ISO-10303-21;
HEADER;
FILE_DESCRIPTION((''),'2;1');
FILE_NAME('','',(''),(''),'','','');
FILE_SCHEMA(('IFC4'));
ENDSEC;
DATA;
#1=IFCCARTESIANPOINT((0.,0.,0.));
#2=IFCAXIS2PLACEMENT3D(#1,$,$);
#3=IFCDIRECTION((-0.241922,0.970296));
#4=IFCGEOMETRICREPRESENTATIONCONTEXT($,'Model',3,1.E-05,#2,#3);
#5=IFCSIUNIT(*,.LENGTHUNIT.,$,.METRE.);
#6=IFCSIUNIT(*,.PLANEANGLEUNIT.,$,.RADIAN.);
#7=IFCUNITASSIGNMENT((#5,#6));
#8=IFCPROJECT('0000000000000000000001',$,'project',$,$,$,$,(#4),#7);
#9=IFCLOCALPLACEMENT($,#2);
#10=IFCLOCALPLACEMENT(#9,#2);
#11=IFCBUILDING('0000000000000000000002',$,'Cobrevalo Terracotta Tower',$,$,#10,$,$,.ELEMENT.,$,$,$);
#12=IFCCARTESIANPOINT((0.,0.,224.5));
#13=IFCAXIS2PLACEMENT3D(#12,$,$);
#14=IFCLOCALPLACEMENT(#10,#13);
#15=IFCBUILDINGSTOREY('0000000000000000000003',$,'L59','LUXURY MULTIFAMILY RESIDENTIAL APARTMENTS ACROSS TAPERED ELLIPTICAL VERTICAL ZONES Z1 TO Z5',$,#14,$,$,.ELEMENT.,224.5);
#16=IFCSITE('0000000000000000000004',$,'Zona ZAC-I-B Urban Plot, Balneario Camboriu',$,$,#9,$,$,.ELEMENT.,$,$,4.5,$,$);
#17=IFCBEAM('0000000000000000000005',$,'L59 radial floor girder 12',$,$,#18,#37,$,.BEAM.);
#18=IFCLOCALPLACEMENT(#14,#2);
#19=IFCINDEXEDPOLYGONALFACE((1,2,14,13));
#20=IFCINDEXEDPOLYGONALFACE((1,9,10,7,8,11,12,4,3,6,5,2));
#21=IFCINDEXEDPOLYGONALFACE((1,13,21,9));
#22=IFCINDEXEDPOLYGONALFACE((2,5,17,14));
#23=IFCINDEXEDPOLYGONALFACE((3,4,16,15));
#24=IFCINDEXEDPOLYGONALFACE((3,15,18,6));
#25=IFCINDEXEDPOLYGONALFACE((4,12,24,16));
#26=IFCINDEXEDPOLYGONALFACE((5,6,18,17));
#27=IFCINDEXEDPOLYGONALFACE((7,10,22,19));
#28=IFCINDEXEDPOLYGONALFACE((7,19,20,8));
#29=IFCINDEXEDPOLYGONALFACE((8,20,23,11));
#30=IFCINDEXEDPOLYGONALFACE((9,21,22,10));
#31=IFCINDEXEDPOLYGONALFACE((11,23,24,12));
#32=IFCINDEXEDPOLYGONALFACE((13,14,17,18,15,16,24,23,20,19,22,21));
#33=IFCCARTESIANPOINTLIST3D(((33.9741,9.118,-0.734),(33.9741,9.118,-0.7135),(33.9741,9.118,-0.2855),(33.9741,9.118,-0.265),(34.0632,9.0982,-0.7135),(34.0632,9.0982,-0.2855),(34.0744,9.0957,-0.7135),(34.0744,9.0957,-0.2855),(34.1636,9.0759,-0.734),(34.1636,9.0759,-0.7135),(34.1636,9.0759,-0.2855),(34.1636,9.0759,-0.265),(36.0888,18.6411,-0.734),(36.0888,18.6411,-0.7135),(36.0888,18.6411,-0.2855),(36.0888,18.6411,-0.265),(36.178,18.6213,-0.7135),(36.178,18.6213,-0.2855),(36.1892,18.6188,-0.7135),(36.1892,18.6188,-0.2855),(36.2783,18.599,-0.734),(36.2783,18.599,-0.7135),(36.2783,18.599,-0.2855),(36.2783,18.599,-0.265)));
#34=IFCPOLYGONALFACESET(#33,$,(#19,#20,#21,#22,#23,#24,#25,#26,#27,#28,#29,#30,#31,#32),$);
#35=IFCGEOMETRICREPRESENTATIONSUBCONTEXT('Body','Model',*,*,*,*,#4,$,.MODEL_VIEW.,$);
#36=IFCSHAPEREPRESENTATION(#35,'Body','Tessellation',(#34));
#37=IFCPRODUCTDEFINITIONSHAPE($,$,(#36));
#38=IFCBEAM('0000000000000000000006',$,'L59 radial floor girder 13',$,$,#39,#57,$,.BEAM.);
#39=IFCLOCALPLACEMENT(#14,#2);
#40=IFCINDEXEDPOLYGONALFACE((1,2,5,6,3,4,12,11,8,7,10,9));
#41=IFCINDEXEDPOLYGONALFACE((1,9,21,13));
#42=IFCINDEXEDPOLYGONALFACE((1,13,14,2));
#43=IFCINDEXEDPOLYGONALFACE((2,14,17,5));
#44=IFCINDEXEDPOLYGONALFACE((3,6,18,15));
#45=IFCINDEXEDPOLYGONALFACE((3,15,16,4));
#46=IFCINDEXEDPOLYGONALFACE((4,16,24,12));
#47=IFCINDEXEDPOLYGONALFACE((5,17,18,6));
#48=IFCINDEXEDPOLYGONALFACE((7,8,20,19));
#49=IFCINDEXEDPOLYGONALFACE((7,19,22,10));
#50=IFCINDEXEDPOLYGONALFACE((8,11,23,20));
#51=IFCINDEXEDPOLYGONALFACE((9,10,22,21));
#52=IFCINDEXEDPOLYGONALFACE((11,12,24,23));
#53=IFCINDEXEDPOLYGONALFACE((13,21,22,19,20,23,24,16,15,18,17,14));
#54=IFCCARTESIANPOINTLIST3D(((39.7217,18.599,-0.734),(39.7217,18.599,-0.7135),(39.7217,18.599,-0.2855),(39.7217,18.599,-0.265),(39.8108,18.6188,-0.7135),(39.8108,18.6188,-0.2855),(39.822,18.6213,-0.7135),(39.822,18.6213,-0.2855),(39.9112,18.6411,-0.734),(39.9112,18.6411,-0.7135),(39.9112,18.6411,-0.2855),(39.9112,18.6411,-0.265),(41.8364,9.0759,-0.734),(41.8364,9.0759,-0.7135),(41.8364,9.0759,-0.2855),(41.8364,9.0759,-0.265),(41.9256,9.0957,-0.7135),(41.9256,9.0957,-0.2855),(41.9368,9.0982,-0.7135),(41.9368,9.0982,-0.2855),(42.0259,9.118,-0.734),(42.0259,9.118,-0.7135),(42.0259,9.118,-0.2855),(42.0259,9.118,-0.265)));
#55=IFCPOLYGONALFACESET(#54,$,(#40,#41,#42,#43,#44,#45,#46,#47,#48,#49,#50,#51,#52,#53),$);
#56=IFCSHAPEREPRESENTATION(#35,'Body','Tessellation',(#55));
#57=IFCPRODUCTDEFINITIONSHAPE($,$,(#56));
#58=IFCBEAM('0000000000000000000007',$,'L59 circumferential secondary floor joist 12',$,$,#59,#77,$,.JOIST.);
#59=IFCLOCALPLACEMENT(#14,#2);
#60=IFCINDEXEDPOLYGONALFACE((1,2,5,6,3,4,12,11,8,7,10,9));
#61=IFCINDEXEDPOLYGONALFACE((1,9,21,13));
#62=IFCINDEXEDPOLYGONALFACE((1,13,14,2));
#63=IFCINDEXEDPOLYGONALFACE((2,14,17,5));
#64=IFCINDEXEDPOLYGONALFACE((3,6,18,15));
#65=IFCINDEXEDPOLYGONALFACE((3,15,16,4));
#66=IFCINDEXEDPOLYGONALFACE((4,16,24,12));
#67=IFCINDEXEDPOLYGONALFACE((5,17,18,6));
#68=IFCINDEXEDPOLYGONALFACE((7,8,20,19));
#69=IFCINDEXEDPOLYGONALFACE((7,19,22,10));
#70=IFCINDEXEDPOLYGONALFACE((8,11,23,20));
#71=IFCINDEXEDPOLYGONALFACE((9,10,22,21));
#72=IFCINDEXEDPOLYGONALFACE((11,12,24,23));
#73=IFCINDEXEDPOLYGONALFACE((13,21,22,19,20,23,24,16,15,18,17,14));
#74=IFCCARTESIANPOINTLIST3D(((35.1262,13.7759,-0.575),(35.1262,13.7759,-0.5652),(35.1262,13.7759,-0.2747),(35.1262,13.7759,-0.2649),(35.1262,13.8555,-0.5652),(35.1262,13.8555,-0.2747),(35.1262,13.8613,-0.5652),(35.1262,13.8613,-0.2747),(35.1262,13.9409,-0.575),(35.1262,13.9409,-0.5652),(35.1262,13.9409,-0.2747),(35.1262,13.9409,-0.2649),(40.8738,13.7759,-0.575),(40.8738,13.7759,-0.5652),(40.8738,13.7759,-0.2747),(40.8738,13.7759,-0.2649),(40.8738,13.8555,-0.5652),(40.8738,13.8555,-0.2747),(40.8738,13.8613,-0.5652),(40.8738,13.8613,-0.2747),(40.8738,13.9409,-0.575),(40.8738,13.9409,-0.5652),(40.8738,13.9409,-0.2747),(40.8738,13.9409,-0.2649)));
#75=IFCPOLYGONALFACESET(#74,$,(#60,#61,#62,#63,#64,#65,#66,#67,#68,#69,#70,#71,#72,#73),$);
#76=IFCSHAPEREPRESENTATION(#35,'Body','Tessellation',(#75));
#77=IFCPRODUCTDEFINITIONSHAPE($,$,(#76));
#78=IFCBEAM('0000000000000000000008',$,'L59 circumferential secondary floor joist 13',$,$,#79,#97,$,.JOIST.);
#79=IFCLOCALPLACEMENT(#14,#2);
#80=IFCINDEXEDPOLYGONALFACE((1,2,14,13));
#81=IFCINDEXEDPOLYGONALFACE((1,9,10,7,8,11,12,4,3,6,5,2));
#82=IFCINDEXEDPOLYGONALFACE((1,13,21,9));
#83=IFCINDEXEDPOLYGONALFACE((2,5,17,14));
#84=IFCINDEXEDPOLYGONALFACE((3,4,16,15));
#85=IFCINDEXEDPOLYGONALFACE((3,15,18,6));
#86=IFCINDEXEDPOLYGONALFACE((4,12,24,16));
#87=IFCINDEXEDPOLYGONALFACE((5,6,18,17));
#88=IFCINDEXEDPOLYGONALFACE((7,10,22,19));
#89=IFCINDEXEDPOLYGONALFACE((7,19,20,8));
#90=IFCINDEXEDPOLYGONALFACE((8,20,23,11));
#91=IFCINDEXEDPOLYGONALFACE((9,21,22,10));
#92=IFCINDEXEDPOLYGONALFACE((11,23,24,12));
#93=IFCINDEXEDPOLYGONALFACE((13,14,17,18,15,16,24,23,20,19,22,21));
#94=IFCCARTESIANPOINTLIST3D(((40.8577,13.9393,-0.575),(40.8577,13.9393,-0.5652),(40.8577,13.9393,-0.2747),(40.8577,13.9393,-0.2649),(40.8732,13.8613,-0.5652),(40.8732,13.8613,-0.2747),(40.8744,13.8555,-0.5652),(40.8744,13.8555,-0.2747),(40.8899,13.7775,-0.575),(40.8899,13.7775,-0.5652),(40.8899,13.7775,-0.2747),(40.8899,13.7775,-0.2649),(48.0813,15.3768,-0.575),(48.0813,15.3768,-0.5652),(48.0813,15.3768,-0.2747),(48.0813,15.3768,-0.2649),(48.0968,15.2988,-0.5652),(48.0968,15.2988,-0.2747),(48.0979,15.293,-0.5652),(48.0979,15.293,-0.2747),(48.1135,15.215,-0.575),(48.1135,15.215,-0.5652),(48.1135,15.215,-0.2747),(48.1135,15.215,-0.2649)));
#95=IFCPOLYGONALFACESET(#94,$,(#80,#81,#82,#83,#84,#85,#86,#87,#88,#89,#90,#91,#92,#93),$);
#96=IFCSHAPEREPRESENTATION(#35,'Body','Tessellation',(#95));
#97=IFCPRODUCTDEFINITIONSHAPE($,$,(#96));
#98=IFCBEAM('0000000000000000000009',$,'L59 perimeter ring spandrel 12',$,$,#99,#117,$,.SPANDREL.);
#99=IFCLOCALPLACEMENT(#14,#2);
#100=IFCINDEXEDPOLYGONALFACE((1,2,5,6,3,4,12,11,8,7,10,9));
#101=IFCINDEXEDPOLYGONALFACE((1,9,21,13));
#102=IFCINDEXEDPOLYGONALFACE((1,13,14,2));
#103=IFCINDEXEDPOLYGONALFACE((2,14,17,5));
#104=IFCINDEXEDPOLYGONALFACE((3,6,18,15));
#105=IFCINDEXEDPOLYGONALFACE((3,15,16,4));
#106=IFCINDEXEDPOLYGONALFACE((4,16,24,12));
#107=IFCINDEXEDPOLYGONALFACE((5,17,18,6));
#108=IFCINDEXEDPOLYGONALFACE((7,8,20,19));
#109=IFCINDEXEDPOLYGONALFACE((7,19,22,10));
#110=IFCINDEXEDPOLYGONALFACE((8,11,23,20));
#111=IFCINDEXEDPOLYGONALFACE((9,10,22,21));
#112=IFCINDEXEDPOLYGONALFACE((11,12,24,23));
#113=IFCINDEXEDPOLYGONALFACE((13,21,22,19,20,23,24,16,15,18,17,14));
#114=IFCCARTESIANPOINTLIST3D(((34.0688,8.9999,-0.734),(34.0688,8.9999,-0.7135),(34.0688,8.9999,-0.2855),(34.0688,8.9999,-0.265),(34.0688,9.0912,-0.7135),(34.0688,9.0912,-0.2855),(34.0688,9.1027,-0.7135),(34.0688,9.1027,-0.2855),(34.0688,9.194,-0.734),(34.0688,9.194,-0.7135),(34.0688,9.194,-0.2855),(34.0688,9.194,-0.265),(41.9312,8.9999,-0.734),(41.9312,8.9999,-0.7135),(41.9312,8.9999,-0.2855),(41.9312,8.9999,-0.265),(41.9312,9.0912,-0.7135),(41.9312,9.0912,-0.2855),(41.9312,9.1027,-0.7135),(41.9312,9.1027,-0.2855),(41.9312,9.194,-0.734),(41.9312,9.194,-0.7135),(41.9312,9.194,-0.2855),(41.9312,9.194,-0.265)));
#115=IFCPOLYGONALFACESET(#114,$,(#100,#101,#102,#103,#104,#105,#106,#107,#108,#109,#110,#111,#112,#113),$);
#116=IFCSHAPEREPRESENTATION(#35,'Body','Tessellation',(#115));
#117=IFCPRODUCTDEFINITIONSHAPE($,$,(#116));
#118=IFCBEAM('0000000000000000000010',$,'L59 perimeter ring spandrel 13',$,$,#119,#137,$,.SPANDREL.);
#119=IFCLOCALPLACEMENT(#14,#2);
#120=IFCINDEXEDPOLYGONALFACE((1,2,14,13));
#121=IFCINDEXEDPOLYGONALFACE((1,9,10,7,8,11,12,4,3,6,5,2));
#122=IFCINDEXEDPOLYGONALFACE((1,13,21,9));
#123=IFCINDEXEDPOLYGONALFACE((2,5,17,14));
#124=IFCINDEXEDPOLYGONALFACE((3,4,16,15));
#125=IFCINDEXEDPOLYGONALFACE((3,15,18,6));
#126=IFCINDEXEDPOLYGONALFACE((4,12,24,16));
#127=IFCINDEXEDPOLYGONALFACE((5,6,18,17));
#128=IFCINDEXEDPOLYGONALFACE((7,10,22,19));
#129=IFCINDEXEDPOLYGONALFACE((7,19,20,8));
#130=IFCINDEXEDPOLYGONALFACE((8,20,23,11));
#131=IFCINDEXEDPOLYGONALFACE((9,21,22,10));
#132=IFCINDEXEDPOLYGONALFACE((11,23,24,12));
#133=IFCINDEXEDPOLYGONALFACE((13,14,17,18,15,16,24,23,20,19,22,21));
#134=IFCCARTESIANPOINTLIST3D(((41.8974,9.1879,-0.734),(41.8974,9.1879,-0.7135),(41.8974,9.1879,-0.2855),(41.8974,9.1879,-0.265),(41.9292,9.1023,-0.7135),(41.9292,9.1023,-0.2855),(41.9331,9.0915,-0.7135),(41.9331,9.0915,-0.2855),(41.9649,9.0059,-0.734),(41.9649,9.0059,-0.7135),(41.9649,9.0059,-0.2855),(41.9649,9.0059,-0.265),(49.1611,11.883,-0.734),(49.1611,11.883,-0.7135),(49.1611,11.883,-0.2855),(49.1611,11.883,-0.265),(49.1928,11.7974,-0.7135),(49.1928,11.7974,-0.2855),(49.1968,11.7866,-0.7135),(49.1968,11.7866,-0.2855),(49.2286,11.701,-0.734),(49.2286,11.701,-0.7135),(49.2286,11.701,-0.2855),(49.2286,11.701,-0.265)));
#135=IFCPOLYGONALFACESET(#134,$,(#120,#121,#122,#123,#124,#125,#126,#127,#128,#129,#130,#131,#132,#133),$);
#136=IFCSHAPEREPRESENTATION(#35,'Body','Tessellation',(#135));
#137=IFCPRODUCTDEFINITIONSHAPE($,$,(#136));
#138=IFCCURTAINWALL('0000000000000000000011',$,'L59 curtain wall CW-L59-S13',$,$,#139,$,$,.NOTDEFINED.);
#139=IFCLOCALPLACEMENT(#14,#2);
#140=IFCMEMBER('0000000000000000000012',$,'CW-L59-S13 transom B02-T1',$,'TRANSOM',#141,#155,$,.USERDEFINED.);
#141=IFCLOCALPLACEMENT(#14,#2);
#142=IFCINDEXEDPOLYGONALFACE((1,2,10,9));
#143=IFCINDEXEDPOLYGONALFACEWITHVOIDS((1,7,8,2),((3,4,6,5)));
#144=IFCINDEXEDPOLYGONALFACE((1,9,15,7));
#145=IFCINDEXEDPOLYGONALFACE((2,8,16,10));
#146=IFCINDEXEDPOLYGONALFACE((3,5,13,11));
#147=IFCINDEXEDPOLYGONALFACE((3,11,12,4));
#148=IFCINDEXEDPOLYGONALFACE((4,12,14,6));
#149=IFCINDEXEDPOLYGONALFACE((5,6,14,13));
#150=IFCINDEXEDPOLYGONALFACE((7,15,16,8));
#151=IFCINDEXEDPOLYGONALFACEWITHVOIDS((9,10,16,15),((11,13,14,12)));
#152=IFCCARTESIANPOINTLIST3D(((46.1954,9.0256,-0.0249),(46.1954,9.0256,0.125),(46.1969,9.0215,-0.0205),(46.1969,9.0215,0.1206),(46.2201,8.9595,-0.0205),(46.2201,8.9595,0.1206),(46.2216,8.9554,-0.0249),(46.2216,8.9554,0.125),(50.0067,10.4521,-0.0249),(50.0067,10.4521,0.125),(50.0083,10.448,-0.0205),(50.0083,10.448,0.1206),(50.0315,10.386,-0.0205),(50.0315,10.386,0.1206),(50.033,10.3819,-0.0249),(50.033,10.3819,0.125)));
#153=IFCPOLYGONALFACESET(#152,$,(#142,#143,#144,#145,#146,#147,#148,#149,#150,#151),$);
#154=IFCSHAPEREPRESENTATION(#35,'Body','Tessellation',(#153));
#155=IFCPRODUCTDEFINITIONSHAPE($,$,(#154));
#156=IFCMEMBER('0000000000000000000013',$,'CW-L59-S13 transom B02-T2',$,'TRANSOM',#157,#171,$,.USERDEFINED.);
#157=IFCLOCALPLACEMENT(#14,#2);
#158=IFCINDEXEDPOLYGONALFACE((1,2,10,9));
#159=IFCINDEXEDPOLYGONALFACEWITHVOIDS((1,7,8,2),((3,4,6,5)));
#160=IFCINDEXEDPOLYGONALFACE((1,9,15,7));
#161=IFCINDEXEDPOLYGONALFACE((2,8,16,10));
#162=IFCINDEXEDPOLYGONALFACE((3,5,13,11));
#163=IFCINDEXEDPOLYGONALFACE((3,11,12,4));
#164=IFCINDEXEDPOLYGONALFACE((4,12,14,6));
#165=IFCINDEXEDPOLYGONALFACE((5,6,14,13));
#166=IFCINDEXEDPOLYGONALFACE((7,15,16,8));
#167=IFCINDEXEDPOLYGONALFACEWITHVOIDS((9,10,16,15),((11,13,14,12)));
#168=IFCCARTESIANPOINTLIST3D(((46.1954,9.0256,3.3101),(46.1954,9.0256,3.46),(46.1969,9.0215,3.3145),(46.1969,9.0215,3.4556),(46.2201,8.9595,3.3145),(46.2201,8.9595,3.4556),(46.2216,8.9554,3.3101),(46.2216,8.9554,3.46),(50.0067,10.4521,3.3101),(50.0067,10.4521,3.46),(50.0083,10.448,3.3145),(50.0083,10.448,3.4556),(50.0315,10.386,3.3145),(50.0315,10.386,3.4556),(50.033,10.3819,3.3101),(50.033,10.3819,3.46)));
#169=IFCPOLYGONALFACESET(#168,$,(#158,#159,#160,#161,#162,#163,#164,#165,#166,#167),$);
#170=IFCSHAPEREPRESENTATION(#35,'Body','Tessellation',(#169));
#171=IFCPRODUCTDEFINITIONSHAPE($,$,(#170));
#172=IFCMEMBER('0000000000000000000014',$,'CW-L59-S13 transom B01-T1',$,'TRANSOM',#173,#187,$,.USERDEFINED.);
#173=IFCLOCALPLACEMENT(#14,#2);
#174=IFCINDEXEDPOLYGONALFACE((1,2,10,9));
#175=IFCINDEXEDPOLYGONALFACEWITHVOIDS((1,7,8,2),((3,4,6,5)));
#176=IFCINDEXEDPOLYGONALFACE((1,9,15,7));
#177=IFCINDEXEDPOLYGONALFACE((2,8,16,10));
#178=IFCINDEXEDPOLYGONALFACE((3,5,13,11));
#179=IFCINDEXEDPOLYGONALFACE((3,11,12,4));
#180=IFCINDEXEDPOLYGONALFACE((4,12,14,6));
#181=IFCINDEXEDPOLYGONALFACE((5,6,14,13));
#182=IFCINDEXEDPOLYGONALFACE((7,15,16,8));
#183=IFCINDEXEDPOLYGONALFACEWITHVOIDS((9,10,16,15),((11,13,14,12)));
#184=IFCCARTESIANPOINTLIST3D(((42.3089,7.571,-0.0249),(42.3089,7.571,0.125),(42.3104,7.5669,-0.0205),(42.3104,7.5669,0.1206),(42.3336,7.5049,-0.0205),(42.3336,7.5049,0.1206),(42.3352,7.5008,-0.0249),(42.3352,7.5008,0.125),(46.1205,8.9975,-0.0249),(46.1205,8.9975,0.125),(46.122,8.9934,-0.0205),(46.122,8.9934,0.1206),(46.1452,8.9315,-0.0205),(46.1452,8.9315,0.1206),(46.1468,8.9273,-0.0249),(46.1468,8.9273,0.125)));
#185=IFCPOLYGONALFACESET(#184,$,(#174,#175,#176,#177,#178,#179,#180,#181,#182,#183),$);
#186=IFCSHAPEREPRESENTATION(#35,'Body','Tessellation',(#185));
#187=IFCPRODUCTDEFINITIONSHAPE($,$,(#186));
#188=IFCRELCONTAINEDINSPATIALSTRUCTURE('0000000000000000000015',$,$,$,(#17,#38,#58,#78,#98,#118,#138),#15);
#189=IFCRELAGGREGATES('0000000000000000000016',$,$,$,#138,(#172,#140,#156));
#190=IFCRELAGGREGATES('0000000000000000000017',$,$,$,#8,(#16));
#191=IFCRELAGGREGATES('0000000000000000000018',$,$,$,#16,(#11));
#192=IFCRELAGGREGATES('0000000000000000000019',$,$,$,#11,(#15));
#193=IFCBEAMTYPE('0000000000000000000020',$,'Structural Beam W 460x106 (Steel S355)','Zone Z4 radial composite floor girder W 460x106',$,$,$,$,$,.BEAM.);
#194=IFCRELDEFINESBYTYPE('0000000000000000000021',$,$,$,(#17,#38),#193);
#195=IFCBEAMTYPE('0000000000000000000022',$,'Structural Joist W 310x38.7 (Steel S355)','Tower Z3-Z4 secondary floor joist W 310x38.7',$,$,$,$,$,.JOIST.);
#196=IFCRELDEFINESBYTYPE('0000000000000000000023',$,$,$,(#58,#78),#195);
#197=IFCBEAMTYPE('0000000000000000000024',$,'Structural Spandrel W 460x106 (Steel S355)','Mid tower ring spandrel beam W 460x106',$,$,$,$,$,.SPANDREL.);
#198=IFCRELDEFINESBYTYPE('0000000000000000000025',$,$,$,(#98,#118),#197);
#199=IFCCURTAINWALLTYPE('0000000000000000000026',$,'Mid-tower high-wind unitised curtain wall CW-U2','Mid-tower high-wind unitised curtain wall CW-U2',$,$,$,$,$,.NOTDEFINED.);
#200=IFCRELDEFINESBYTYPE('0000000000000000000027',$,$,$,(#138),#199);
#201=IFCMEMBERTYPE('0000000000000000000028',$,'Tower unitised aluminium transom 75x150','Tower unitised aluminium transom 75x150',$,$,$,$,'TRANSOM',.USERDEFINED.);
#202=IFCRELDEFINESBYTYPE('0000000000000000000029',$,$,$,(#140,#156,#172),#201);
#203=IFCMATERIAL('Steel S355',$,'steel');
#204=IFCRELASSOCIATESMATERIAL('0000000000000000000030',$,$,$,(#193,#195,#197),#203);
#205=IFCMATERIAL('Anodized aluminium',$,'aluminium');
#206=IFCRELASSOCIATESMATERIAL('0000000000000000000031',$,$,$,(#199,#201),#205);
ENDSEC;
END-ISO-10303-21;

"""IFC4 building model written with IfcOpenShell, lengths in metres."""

from ifc_helpers import new_model, si_unit, direction, frame, origin, origin_2d, place, context, subcontext, project, spatial, hollow_rectangle, i_section, extrude, source, transform, mapped, material, material_profile, profile_set, type_object, element, aggregate, save


model = new_model("IFC4")

# Units and contexts
model_context = context("Model", 3, precision=1e-05, world=origin(), true_north=direction((-0.241922, 0.970296)))
body_context = subcontext(model_context, "Body", "Model", "MODEL_VIEW")
ifc_project = project(units=[si_unit("LENGTHUNIT", "METRE"), si_unit("PLANEANGLEUNIT", "RADIAN")], contexts=[model_context])

# Site, building, storey
site_placement = place(None, origin())
site = spatial("IfcSite", under=ifc_project, at=site_placement, Name="Zona ZAC-I-B Urban Plot, Balneario Camboriu", CompositionType="ELEMENT", RefElevation=4.5)
building_placement = place(site_placement, origin())
building = spatial("IfcBuilding", under=site, at=building_placement, Name="Cobrevalo Terracotta Tower", CompositionType="ELEMENT")
storey_placement = place(building_placement, frame((0.0, 0.0, 224.5)))
storey = spatial("IfcBuildingStorey", under=building, at=storey_placement, Name="L59", Description="LUXURY MULTIFAMILY RESIDENTIAL APARTMENTS ACROSS TAPERED ELLIPTICAL VERTICAL ZONES Z1 TO Z5", CompositionType="ELEMENT", Elevation=224.5)

# Shared definitions
ifc_material_1 = material(Name="Steel S355", Category="steel")

# Beams
ifc_material_profile_1 = material_profile(ifc_material_1, i_section(OverallWidth=0.1941, OverallDepth=0.469, WebThickness=0.0115, FlangeThickness=0.0205, at=origin_2d()), Name="W 460x106")
ifc_profile_set_1 = profile_set([ifc_material_profile_1], Name="Steel S355")
beam_type_1 = type_object("IfcBeamType", Name="Structural Beam W 460x106 (Steel S355)", Description="Zone Z4 radial composite floor girder W 460x106", PredefinedType="BEAM", material=ifc_profile_set_1)
for number, where, z_axis, x_axis, name in (
    (1, (34.0688, 9.0969, -0.4995), (0.216782, 0.97622, 0.0), (-0.97622, 0.216782, 0.0), "L59 radial floor girder 12"),
    (2, (41.9312, 9.0969, -0.4995), (-0.216782, 0.97622, 0.0), (-0.97622, -0.216782, 0.0), "L59 radial floor girder 13"),
):
    element("IfcBeam", number, at=place(storey_placement, frame(where, z_axis=z_axis, x_axis=x_axis)), inside=storey, type_object=beam_type_1, Name=name, PredefinedType="BEAM", context=body_context, shape_type="SweptSolid", body=[
        extrude(i_section(OverallWidth=0.1941, OverallDepth=0.469, WebThickness=0.0115, FlangeThickness=0.0205, at=origin_2d()), origin(), (0.0, 0.0, 1.0), 9.7551),
    ])
ifc_material_profile_2 = material_profile(ifc_material_1, i_section(OverallWidth=0.165, OverallDepth=0.3101, WebThickness=0.0059, FlangeThickness=0.0098, at=origin_2d()), Name="W 310x38.7")
ifc_profile_set_2 = profile_set([ifc_material_profile_2], Name="Steel S355")
beam_type_2 = type_object("IfcBeamType", Name="Structural Joist W 310x38.7 (Steel S355)", Description="Tower Z3-Z4 secondary floor joist W 310x38.7", PredefinedType="JOIST", material=ifc_profile_set_2)
beam_1_placement = place(storey_placement, frame((35.1262, 13.8584, -0.4199), z_axis=(1.0, 0.0, 0.0), x_axis=(0.0, 1.0, 0.0)))
element("IfcBeam", 3, at=beam_1_placement, inside=storey, type_object=beam_type_2, Name="L59 circumferential secondary floor joist 12", PredefinedType="JOIST", context=body_context, shape_type="SweptSolid", body=[
    extrude(i_section(OverallWidth=0.165, OverallDepth=0.3101, WebThickness=0.0059, FlangeThickness=0.0098, at=origin_2d()), origin(), (0.0, 0.0, 1.0), 5.7476),
])
beam_2_placement = place(storey_placement, frame((40.8738, 13.8584, -0.4199), z_axis=(0.980769, 0.195173, 0.0), x_axis=(-0.195173, 0.980769, 0.0)))
element("IfcBeam", 4, at=beam_2_placement, inside=storey, type_object=beam_type_2, Name="L59 circumferential secondary floor joist 13", PredefinedType="JOIST", context=body_context, shape_type="SweptSolid", body=[
    extrude(i_section(OverallWidth=0.165, OverallDepth=0.3101, WebThickness=0.0059, FlangeThickness=0.0098, at=origin_2d()), origin(), (0.0, 0.0, 1.0), 7.3652),
])
ifc_material_profile_3 = material_profile(ifc_material_1, i_section(OverallWidth=0.1941, OverallDepth=0.469, WebThickness=0.0115, FlangeThickness=0.0205, at=origin_2d()), Name="W 460x106")
ifc_profile_set_3 = profile_set([ifc_material_profile_3], Name="Steel S355")
beam_type_3 = type_object("IfcBeamType", Name="Structural Spandrel W 460x106 (Steel S355)", Description="Mid tower ring spandrel beam W 460x106", PredefinedType="SPANDREL", material=ifc_profile_set_3)
beam_3_placement = place(storey_placement, frame((34.0688, 9.0969, -0.4995), z_axis=(1.0, 0.0, 0.0), x_axis=(0.0, 1.0, 0.0)))
element("IfcBeam", 5, at=beam_3_placement, inside=storey, type_object=beam_type_3, Name="L59 perimeter ring spandrel 12", PredefinedType="SPANDREL", context=body_context, shape_type="SweptSolid", body=[
    extrude(i_section(OverallWidth=0.1941, OverallDepth=0.469, WebThickness=0.0115, FlangeThickness=0.0205, at=origin_2d()), origin(), (0.0, 0.0, 1.0), 7.8623),
])
beam_4_placement = place(storey_placement, frame((41.9312, 9.0969, -0.4995), z_axis=(0.937546, 0.347861, 0.0), x_axis=(-0.347861, 0.937546, 0.0)))
element("IfcBeam", 6, at=beam_4_placement, inside=storey, type_object=beam_type_3, Name="L59 perimeter ring spandrel 13", PredefinedType="SPANDREL", context=body_context, shape_type="SweptSolid", body=[
    extrude(i_section(OverallWidth=0.1941, OverallDepth=0.469, WebThickness=0.0115, FlangeThickness=0.0205, at=origin_2d()), origin(), (0.0, 0.0, 1.0), 7.7476),
])

# Curtain wall, members
ifc_material_2 = material(Name="Anodized aluminium", Category="aluminium")
curtain_wall_type = type_object("IfcCurtainWallType", Name="Mid-tower high-wind unitised curtain wall CW-U2", Description="Mid-tower high-wind unitised curtain wall CW-U2", PredefinedType="NOTDEFINED", material=ifc_material_2)
curtain_wall_placement = place(storey_placement, origin())
curtain_wall = element("IfcCurtainWall", 7, at=curtain_wall_placement, inside=storey, type_object=curtain_wall_type, Name="L59 curtain wall CW-L59-S13", PredefinedType="NOTDEFINED")
ifc_material_profile_4 = material_profile(ifc_material_2, hollow_rectangle(XDim=0.075, YDim=0.1499, WallThickness=0.0044, at=origin_2d()), Name="CWT 75x150")
ifc_profile_set_4 = profile_set([ifc_material_profile_4], Name="Anodized aluminium")
member_type_1 = type_object("IfcMemberType", Name="Tower unitised aluminium transom 75x150", Description="Tower unitised aluminium transom 75x150", ElementType="TRANSOM", PredefinedType="USERDEFINED", material=ifc_profile_set_4)
shared_shape_1 = source(origin(), body_context, "Body", "SweptSolid", [
    extrude(hollow_rectangle(XDim=0.075, YDim=0.1499, WallThickness=0.0044, at=origin_2d()), origin(), (0.0, 0.0, 1.0), 4.0696),
])
member_1_placement = place(storey_placement, frame((46.2085, 8.9905, 0.05), z_axis=(0.936548, 0.350538, 0.0), x_axis=(-0.350538, 0.936548, 0.0)))
member_1 = element("IfcMember", 8, at=member_1_placement, type_object=member_type_1, Name="CW-L59-S13 transom B02-T1", ObjectType="TRANSOM", PredefinedType="USERDEFINED", context=body_context, shape_type="MappedRepresentation", body=[
    mapped(shared_shape_1, transform((0.0, 0.0, 0.0), scale=1.0)),
])
member_2_placement = place(storey_placement, frame((46.2085, 8.9905, 3.385), z_axis=(0.936548, 0.350538, 0.0), x_axis=(-0.350538, 0.936548, 0.0)))
member_2 = element("IfcMember", 9, at=member_2_placement, type_object=member_type_1, Name="CW-L59-S13 transom B02-T2", ObjectType="TRANSOM", PredefinedType="USERDEFINED", context=body_context, shape_type="MappedRepresentation", body=[
    mapped(shared_shape_1, transform((0.0, 0.0, 0.0), scale=1.0)),
])
shared_shape_2 = source(origin(), body_context, "Body", "SweptSolid", [
    extrude(hollow_rectangle(XDim=0.075, YDim=0.1499, WallThickness=0.0044, at=origin_2d()), origin(), (0.0, 0.0, 1.0), 4.0698),
])
member_3_placement = place(storey_placement, frame((42.322, 7.5359, 0.05), z_axis=(0.936556, 0.350519, 0.0), x_axis=(-0.350519, 0.936556, 0.0)))
member_3 = element("IfcMember", 10, at=member_3_placement, type_object=member_type_1, Name="CW-L59-S13 transom B01-T1", ObjectType="TRANSOM", PredefinedType="USERDEFINED", context=body_context, shape_type="MappedRepresentation", body=[
    mapped(shared_shape_2, transform((0.0, 0.0, 0.0), scale=1.0)),
])
aggregate(curtain_wall, [member_3, member_1, member_2])

save(model, "model.ifc")
